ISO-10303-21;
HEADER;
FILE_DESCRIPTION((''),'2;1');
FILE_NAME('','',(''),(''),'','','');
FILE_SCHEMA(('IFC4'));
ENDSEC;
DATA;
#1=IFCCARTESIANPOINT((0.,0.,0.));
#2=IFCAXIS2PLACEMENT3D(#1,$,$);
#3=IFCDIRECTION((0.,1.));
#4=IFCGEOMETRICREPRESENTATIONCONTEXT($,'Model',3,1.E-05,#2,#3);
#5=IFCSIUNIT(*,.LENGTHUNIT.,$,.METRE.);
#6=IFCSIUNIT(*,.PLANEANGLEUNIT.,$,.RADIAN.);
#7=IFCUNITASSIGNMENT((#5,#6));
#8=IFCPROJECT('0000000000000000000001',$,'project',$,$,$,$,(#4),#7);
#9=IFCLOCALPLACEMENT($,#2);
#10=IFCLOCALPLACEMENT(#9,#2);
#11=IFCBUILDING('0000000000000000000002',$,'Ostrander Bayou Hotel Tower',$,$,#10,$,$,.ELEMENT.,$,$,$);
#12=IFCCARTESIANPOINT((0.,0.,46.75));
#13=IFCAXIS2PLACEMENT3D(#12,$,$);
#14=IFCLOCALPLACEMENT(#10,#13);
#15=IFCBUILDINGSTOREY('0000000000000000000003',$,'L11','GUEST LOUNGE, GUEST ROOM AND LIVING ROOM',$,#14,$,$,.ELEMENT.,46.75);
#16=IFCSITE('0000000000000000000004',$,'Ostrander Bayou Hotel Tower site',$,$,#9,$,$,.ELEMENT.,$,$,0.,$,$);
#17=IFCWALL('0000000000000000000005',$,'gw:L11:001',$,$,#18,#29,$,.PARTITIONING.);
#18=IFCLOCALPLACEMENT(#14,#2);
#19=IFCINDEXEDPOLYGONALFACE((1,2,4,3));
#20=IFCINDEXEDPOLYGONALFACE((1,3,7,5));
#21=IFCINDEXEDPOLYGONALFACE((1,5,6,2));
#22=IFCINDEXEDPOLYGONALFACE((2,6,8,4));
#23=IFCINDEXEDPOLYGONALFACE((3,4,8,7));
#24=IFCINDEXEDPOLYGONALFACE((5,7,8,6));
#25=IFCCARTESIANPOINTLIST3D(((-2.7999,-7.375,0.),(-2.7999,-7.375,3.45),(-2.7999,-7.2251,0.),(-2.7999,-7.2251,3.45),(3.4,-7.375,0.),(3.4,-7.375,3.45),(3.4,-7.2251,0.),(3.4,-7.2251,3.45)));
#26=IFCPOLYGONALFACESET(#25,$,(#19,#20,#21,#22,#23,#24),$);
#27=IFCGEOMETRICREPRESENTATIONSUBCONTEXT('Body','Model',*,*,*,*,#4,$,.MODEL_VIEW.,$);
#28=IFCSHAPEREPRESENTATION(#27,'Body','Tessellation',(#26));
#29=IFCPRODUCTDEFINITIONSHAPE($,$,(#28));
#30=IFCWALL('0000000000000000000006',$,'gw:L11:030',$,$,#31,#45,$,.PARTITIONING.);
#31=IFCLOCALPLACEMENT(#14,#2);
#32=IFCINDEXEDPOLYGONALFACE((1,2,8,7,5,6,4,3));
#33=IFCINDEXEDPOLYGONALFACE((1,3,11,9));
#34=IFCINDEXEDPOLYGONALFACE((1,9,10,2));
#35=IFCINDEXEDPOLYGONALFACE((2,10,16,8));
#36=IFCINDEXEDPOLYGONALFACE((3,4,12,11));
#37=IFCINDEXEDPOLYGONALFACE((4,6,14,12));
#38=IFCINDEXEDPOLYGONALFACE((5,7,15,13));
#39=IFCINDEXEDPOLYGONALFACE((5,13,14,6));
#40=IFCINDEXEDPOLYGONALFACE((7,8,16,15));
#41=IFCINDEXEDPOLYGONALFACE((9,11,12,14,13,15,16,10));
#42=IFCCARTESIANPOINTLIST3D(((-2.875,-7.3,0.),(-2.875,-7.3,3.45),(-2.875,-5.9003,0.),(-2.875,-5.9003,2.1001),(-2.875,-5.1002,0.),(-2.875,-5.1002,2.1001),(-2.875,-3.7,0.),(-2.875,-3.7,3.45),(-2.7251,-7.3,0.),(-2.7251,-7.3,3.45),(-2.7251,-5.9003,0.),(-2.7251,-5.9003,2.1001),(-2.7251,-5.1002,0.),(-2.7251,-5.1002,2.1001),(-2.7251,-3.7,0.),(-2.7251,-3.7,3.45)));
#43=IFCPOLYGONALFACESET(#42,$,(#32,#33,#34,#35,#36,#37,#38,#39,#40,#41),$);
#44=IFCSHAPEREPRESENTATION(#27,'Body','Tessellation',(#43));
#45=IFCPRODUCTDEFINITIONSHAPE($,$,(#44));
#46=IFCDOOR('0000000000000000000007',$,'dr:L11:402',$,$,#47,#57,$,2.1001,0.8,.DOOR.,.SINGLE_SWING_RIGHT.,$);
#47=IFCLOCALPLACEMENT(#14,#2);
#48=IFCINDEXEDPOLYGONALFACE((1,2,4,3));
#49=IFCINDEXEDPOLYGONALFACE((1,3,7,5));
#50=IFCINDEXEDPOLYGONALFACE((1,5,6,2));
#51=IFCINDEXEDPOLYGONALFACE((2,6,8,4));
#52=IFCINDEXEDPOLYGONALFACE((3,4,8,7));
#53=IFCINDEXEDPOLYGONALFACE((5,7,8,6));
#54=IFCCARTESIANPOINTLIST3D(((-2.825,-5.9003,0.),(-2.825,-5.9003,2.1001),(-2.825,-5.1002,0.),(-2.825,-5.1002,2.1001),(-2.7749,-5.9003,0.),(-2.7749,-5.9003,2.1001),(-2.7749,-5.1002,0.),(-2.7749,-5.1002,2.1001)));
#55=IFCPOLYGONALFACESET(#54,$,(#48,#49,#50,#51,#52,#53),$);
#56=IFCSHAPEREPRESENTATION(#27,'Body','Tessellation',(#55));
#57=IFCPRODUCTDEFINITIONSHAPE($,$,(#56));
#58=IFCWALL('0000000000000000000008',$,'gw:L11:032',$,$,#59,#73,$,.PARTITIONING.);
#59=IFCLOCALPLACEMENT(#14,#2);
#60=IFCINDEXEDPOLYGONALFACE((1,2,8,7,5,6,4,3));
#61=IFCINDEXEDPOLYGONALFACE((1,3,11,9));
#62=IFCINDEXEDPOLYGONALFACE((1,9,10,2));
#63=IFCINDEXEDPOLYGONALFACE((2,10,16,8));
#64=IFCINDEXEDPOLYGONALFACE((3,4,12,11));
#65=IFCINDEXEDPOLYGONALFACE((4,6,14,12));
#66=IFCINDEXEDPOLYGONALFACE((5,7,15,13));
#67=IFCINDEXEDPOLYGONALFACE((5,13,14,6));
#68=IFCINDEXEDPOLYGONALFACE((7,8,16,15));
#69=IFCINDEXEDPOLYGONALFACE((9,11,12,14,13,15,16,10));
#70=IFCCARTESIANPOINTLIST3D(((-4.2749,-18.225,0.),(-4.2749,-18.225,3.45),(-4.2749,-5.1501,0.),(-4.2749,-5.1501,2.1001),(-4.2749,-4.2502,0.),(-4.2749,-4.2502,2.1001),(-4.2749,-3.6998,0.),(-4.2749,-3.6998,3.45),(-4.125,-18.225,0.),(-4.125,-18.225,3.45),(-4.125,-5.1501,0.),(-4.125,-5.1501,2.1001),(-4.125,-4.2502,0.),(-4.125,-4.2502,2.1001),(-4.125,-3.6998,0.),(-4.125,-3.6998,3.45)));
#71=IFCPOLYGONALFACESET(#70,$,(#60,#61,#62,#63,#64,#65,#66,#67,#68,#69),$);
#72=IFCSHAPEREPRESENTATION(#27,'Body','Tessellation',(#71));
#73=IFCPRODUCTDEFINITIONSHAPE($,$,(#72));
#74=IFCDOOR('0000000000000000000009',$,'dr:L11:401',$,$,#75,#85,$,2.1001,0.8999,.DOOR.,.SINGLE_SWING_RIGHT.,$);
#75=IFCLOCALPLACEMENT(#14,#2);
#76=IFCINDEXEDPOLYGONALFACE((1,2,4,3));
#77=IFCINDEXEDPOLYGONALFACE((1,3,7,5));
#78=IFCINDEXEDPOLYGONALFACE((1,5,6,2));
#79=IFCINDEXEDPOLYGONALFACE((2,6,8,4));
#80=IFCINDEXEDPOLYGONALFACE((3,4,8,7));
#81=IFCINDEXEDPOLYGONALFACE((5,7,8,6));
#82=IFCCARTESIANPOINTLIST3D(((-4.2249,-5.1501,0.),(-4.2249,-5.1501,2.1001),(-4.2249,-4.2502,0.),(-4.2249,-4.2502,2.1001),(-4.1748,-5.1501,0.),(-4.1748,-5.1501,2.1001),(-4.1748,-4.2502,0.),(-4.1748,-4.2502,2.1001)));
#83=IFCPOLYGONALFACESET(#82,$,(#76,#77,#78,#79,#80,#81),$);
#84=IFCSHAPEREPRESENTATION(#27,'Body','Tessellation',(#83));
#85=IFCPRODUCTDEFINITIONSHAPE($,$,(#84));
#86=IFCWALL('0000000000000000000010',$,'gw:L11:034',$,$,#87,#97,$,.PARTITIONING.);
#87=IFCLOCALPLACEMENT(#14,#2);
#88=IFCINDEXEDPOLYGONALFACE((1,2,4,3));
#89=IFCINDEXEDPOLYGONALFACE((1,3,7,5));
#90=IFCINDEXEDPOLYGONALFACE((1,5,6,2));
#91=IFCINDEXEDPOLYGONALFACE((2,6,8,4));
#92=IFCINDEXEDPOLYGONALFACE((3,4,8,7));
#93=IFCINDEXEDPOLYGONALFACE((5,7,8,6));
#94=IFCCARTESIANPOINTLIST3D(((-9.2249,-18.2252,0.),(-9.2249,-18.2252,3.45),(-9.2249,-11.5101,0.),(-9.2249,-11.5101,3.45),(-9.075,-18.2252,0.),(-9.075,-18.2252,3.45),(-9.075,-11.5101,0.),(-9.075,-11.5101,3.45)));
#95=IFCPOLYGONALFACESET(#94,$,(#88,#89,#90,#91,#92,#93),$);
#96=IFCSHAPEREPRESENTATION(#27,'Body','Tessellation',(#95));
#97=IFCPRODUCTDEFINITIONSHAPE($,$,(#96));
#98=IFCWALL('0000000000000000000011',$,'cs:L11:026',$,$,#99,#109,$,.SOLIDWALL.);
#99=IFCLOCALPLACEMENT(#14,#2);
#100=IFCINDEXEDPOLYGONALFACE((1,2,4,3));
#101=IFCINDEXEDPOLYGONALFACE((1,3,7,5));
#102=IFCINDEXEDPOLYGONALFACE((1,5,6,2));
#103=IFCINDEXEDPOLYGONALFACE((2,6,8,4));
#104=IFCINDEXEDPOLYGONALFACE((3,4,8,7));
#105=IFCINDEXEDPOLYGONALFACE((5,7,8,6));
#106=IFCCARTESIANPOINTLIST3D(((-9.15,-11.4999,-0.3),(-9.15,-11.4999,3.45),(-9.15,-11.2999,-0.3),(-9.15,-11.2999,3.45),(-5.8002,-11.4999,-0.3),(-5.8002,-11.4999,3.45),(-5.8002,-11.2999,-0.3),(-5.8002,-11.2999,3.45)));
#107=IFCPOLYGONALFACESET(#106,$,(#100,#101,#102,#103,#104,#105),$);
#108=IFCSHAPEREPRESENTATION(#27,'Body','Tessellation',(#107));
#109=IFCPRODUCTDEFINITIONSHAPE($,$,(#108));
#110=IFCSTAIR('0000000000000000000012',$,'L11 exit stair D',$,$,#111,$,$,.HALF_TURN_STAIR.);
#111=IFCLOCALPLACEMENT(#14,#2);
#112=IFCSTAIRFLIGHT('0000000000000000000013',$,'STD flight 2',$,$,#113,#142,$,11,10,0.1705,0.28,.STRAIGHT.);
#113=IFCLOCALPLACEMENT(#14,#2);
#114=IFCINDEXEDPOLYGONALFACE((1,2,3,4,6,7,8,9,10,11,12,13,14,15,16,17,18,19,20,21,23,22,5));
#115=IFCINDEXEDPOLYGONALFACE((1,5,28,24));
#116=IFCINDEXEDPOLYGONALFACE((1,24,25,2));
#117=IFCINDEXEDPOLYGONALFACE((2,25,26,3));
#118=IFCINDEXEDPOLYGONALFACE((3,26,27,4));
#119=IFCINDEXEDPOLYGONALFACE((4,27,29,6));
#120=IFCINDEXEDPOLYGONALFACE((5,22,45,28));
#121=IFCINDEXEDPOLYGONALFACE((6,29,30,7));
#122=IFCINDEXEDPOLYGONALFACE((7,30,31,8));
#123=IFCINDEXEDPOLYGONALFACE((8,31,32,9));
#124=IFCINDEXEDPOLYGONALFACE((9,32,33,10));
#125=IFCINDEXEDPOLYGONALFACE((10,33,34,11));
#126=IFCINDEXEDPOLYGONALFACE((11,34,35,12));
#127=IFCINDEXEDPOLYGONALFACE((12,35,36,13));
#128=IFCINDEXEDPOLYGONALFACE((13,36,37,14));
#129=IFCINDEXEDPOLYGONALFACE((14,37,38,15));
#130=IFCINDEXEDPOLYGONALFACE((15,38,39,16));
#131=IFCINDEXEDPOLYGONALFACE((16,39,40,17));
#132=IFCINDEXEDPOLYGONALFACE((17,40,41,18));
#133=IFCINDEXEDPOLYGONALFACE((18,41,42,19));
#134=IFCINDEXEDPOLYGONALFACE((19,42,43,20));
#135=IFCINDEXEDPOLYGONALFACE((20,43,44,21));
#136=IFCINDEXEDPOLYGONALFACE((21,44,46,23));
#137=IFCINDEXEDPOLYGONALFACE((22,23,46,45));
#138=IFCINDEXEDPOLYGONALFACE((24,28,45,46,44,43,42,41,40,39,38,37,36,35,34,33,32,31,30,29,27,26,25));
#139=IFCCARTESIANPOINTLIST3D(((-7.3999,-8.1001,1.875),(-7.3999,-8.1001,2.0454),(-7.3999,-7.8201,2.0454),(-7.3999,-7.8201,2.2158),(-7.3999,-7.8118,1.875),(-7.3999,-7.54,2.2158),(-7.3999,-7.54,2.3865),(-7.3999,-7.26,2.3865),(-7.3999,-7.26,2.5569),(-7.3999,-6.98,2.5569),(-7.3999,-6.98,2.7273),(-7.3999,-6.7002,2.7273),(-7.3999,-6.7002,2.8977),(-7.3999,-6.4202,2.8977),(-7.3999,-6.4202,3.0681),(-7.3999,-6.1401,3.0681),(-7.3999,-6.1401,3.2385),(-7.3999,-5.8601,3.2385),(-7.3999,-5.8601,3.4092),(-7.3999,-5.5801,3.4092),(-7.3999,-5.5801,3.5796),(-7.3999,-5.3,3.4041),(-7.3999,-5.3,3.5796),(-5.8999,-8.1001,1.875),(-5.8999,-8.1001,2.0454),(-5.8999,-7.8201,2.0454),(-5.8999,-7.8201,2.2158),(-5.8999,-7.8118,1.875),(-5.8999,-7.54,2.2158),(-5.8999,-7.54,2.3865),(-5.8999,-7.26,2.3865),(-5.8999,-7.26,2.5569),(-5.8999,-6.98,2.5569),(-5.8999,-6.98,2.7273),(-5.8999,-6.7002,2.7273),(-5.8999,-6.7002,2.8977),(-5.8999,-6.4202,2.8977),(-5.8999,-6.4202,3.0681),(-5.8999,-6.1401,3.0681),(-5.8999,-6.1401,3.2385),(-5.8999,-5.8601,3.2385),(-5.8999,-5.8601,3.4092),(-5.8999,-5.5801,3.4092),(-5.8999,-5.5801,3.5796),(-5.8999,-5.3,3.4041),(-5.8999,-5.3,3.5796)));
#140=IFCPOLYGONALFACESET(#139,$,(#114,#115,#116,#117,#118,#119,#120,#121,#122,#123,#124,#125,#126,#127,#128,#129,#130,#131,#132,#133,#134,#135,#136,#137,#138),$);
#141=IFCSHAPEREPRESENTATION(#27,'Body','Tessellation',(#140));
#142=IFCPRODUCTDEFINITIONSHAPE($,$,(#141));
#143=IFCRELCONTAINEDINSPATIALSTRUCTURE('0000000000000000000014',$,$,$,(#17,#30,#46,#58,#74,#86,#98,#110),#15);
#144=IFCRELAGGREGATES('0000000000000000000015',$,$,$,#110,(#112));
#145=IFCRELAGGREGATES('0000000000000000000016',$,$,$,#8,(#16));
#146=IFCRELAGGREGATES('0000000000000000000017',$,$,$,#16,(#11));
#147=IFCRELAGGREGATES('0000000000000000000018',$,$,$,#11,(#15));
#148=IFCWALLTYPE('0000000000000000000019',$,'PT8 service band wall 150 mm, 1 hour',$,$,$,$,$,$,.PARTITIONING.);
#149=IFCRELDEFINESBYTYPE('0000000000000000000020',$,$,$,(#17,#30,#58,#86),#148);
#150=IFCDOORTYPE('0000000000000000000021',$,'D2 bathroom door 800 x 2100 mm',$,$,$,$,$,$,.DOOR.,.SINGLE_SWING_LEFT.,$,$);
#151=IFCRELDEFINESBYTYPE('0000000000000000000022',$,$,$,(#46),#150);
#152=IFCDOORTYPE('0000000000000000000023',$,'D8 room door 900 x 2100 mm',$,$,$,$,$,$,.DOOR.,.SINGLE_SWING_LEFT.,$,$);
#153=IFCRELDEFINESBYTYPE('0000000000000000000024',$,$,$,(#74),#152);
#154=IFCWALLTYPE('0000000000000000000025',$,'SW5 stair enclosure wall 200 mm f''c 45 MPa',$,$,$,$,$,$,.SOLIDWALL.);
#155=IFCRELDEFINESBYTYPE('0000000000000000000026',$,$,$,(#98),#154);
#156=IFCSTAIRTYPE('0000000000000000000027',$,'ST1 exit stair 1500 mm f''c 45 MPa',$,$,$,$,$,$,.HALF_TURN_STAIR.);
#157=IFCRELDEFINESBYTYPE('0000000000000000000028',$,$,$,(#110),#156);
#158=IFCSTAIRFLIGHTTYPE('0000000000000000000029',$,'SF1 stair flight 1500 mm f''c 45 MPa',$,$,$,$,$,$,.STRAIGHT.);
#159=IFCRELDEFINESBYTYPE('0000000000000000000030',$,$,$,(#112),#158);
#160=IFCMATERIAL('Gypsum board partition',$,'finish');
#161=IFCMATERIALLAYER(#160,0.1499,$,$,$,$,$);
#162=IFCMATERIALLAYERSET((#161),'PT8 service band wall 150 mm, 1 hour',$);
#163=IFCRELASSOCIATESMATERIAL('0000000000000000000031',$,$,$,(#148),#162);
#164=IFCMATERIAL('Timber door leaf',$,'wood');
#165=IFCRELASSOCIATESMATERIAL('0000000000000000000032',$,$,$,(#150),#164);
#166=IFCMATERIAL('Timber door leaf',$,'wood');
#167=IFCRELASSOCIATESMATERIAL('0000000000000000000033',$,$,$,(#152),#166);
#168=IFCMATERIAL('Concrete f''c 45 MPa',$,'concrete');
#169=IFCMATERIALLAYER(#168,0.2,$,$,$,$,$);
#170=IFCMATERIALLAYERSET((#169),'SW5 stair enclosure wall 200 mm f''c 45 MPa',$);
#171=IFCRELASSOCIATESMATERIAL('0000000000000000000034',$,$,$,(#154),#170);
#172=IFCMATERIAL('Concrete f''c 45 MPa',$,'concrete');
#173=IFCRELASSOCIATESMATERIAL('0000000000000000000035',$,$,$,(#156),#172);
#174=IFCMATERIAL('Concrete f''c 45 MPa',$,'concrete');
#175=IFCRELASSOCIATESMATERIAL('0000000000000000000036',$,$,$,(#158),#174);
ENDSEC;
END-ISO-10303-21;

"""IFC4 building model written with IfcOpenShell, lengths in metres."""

from ifc_helpers import new_model, si_unit, direction, frame, frame_2d, origin, place, context, subcontext, project, spatial, polyline, rectangle, outline, extrude, material, layer, layer_set, type_object, element, fill, aggregate, save


model = new_model("IFC4")

# Units and contexts
model_context = context("Model", 3, precision=1e-05, world=origin(), true_north=direction((0.0, 1.0)))
body_context = subcontext(model_context, "Body", "Model", "MODEL_VIEW")
ifc_project = project(units=[si_unit("LENGTHUNIT", "METRE"), si_unit("PLANEANGLEUNIT", "RADIAN")], contexts=[model_context])

# Site, building, storey
site_placement = place(None, origin())
site = spatial("IfcSite", under=ifc_project, at=site_placement, Name="Ostrander Bayou Hotel Tower site", CompositionType="ELEMENT", RefElevation=0.0)
building_placement = place(site_placement, origin())
building = spatial("IfcBuilding", under=site, at=building_placement, Name="Ostrander Bayou Hotel Tower", CompositionType="ELEMENT")
storey_placement = place(building_placement, frame((0.0, 0.0, 46.75)))
storey = spatial("IfcBuildingStorey", under=building, at=storey_placement, Name="L11", Description="GUEST LOUNGE, GUEST ROOM AND LIVING ROOM", CompositionType="ELEMENT", Elevation=46.75)

# Wall
ifc_material_1 = material(Name="Gypsum board partition", Category="finish")
ifc_layer_1 = layer(ifc_material_1, 0.1499)
ifc_layer_set_1 = layer_set([ifc_layer_1], Name="PT8 service band wall 150 mm, 1 hour")
wall_type_1 = type_object("IfcWallType", Name="PT8 service band wall 150 mm, 1 hour", PredefinedType="PARTITIONING", material=ifc_layer_set_1)
wall_1_placement = place(storey_placement, frame((-2.8, -7.3, 0.0), z_axis=(0.0, 0.0, 1.0), x_axis=(1.0, 0.0, 0.0)))
element("IfcWall", 1, at=wall_1_placement, inside=storey, type_object=wall_type_1, Name="gw:L11:001", PredefinedType="PARTITIONING", context=body_context, shape_type="SweptSolid", body=[
    extrude(rectangle(XDim=6.2, YDim=0.1499, at=frame_2d((3.1001, 0.0))), origin(), (0.0, 0.0, 1.0), 3.45),
])

# Walls, openings, doors
wall_2_placement = place(storey_placement, frame((-2.8, -7.3, 0.0), z_axis=(0.0, 0.0, 1.0), x_axis=(0.0, 1.0, 0.0)))
wall_2 = element("IfcWall", 2, at=wall_2_placement, inside=storey, type_object=wall_type_1, Name="gw:L11:030", PredefinedType="PARTITIONING", context=body_context, shape_type="SweptSolid", body=[
    extrude(rectangle(XDim=3.6001, YDim=0.1499, at=frame_2d((1.8, 0.0))), origin(), (0.0, 0.0, 1.0), 3.45),
])
opening_1_placement = place(wall_2_placement, frame((1.3999, 0.0, 0.0)))
opening_1 = element("IfcOpeningElement", 3, at=opening_1_placement, cuts=wall_2, PredefinedType="OPENING", context=body_context, shape_type="SweptSolid", body=[
    extrude(rectangle(XDim=0.8, YDim=2.1001, at=frame_2d((0.3999, 1.05))), frame((0.0, 0.075, 0.0), z_axis=(0.0, -1.0, 0.0), x_axis=(1.0, 0.0, 0.0)), (0.0, 0.0, 1.0), 0.1499),
])
ifc_material_2 = material(Name="Timber door leaf", Category="wood")
door_type_1 = type_object("IfcDoorType", Name="D2 bathroom door 800 x 2100 mm", OperationType="SINGLE_SWING_LEFT", PredefinedType="DOOR", material=ifc_material_2)
door_1_placement = place(opening_1_placement, origin())
door_1 = element("IfcDoor", 4, at=door_1_placement, inside=storey, type_object=door_type_1, Name="dr:L11:402", OperationType="SINGLE_SWING_RIGHT", OverallHeight=2.1001, OverallWidth=0.8, PredefinedType="DOOR", context=body_context, shape_type="SweptSolid", body=[
    extrude(rectangle(XDim=0.8, YDim=2.1001, at=frame_2d((0.3999, 1.05))), frame((0.0, 0.0249, 0.0), z_axis=(0.0, -1.0, 0.0), x_axis=(1.0, 0.0, 0.0)), (0.0, 0.0, 1.0), 0.05),
])
fill(opening_1, door_1)
wall_3_placement = place(storey_placement, frame((-4.2, -18.2251, 0.0), z_axis=(0.0, 0.0, 1.0), x_axis=(0.0, 1.0, 0.0)))
wall_3 = element("IfcWall", 5, at=wall_3_placement, inside=storey, type_object=wall_type_1, Name="gw:L11:032", PredefinedType="PARTITIONING", context=body_context, shape_type="SweptSolid", body=[
    extrude(rectangle(XDim=14.5251, YDim=0.1499, at=frame_2d((7.2627, 0.0))), origin(), (0.0, 0.0, 1.0), 3.45),
])
opening_2_placement = place(wall_3_placement, frame((13.075, 0.0, 0.0)))
opening_2 = element("IfcOpeningElement", 6, at=opening_2_placement, cuts=wall_3, PredefinedType="OPENING", context=body_context, shape_type="SweptSolid", body=[
    extrude(rectangle(XDim=0.8999, YDim=2.1001, at=frame_2d((0.45, 1.05))), frame((0.0, 0.075, 0.0), z_axis=(0.0, -1.0, 0.0), x_axis=(1.0, 0.0, 0.0)), (0.0, 0.0, 1.0), 0.1499),
])
ifc_material_3 = material(Name="Timber door leaf", Category="wood")
door_type_2 = type_object("IfcDoorType", Name="D8 room door 900 x 2100 mm", OperationType="SINGLE_SWING_LEFT", PredefinedType="DOOR", material=ifc_material_3)
door_2_placement = place(opening_2_placement, origin())
door_2 = element("IfcDoor", 7, at=door_2_placement, inside=storey, type_object=door_type_2, Name="dr:L11:401", OperationType="SINGLE_SWING_RIGHT", OverallHeight=2.1001, OverallWidth=0.8999, PredefinedType="DOOR", context=body_context, shape_type="SweptSolid", body=[
    extrude(rectangle(XDim=0.8999, YDim=2.1001, at=frame_2d((0.45, 1.05))), frame((0.0, 0.0249, 0.0), z_axis=(0.0, -1.0, 0.0), x_axis=(1.0, 0.0, 0.0)), (0.0, 0.0, 1.0), 0.05),
])
fill(opening_2, door_2)

# Walls
wall_4_placement = place(storey_placement, frame((-9.1499, -18.2251, 0.0), z_axis=(0.0, 0.0, 1.0), x_axis=(0.0, 1.0, 0.0)))
element("IfcWall", 8, at=wall_4_placement, inside=storey, type_object=wall_type_1, Name="gw:L11:034", PredefinedType="PARTITIONING", context=body_context, shape_type="SweptSolid", body=[
    extrude(rectangle(XDim=6.7151, YDim=0.1499, at=frame_2d((3.3574, 0.0))), origin(), (0.0, 0.0, 1.0), 3.45),
])
ifc_material_4 = material(Name="Concrete f'c 45 MPa", Category="concrete")
ifc_layer_2 = layer(ifc_material_4, 0.2)
ifc_layer_set_2 = layer_set([ifc_layer_2], Name="SW5 stair enclosure wall 200 mm f'c 45 MPa")
wall_type_2 = type_object("IfcWallType", Name="SW5 stair enclosure wall 200 mm f'c 45 MPa", PredefinedType="SOLIDWALL", material=ifc_layer_set_2)
wall_5_placement = place(storey_placement, frame((-9.1499, -11.3999, -0.3), z_axis=(0.0, 0.0, 1.0), x_axis=(1.0, 0.0, 0.0)))
element("IfcWall", 9, at=wall_5_placement, inside=storey, type_object=wall_type_2, Name="cs:L11:026", PredefinedType="SOLIDWALL", context=body_context, shape_type="SweptSolid", body=[
    extrude(rectangle(XDim=3.3499, YDim=0.2, at=frame_2d((1.6748, 0.0))), origin(), (0.0, 0.0, 1.0), 3.75),
])

# Stair, stair flight
ifc_material_5 = material(Name="Concrete f'c 45 MPa", Category="concrete")
stair_type = type_object("IfcStairType", Name="ST1 exit stair 1500 mm f'c 45 MPa", PredefinedType="HALF_TURN_STAIR", material=ifc_material_5)
stair_placement = place(storey_placement, origin())
stair = element("IfcStair", 10, at=stair_placement, inside=storey, type_object=stair_type, Name="L11 exit stair D", PredefinedType="HALF_TURN_STAIR")
ifc_material_6 = material(Name="Concrete f'c 45 MPa", Category="concrete")
stair_flight_type = type_object("IfcStairFlightType", Name="SF1 stair flight 1500 mm f'c 45 MPa", PredefinedType="STRAIGHT", material=ifc_material_6)
stair_flight_placement = place(storey_placement, frame((-6.6499, -8.1001, 1.875), z_axis=(0.0, 0.0, 1.0), x_axis=(0.0, 1.0, 0.0)))
stair_flight = element("IfcStairFlight", 11, at=stair_flight_placement, type_object=stair_flight_type, Name="STD flight 2", NumberOfRisers=11, NumberOfTreads=10, PredefinedType="STRAIGHT", RiserHeight=0.1705, TreadLength=0.28, context=body_context, shape_type="SweptSolid", body=[
    extrude(outline(polyline([(0.0, 0.0), (0.0, 0.1704), (0.28, 0.1704), (0.28, 0.3408), (0.5601, 0.3408), (0.5601, 0.5115), (0.8401, 0.5115), (0.8401, 0.6819), (1.1201, 0.6819), (1.1201, 0.8523), (1.3999, 0.8523), (1.3999, 1.0227), (1.6799, 1.0227), (1.6799, 1.1931), (1.96, 1.1931), (1.96, 1.3635), (2.24, 1.3635), (2.24, 1.5342), (2.52, 1.5342), (2.52, 1.7046), (2.8, 1.7046), (2.8, 1.875), (2.8, 1.5291), (0.2883, 0.0), (0.0, 0.0)])), frame((0.0, 0.75, 0.0), z_axis=(0.0, -1.0, 0.0), x_axis=(1.0, 0.0, 0.0)), (0.0, 0.0, 1.0), 1.5),
])
aggregate(stair, [stair_flight])

save(model, "model.ifc")
